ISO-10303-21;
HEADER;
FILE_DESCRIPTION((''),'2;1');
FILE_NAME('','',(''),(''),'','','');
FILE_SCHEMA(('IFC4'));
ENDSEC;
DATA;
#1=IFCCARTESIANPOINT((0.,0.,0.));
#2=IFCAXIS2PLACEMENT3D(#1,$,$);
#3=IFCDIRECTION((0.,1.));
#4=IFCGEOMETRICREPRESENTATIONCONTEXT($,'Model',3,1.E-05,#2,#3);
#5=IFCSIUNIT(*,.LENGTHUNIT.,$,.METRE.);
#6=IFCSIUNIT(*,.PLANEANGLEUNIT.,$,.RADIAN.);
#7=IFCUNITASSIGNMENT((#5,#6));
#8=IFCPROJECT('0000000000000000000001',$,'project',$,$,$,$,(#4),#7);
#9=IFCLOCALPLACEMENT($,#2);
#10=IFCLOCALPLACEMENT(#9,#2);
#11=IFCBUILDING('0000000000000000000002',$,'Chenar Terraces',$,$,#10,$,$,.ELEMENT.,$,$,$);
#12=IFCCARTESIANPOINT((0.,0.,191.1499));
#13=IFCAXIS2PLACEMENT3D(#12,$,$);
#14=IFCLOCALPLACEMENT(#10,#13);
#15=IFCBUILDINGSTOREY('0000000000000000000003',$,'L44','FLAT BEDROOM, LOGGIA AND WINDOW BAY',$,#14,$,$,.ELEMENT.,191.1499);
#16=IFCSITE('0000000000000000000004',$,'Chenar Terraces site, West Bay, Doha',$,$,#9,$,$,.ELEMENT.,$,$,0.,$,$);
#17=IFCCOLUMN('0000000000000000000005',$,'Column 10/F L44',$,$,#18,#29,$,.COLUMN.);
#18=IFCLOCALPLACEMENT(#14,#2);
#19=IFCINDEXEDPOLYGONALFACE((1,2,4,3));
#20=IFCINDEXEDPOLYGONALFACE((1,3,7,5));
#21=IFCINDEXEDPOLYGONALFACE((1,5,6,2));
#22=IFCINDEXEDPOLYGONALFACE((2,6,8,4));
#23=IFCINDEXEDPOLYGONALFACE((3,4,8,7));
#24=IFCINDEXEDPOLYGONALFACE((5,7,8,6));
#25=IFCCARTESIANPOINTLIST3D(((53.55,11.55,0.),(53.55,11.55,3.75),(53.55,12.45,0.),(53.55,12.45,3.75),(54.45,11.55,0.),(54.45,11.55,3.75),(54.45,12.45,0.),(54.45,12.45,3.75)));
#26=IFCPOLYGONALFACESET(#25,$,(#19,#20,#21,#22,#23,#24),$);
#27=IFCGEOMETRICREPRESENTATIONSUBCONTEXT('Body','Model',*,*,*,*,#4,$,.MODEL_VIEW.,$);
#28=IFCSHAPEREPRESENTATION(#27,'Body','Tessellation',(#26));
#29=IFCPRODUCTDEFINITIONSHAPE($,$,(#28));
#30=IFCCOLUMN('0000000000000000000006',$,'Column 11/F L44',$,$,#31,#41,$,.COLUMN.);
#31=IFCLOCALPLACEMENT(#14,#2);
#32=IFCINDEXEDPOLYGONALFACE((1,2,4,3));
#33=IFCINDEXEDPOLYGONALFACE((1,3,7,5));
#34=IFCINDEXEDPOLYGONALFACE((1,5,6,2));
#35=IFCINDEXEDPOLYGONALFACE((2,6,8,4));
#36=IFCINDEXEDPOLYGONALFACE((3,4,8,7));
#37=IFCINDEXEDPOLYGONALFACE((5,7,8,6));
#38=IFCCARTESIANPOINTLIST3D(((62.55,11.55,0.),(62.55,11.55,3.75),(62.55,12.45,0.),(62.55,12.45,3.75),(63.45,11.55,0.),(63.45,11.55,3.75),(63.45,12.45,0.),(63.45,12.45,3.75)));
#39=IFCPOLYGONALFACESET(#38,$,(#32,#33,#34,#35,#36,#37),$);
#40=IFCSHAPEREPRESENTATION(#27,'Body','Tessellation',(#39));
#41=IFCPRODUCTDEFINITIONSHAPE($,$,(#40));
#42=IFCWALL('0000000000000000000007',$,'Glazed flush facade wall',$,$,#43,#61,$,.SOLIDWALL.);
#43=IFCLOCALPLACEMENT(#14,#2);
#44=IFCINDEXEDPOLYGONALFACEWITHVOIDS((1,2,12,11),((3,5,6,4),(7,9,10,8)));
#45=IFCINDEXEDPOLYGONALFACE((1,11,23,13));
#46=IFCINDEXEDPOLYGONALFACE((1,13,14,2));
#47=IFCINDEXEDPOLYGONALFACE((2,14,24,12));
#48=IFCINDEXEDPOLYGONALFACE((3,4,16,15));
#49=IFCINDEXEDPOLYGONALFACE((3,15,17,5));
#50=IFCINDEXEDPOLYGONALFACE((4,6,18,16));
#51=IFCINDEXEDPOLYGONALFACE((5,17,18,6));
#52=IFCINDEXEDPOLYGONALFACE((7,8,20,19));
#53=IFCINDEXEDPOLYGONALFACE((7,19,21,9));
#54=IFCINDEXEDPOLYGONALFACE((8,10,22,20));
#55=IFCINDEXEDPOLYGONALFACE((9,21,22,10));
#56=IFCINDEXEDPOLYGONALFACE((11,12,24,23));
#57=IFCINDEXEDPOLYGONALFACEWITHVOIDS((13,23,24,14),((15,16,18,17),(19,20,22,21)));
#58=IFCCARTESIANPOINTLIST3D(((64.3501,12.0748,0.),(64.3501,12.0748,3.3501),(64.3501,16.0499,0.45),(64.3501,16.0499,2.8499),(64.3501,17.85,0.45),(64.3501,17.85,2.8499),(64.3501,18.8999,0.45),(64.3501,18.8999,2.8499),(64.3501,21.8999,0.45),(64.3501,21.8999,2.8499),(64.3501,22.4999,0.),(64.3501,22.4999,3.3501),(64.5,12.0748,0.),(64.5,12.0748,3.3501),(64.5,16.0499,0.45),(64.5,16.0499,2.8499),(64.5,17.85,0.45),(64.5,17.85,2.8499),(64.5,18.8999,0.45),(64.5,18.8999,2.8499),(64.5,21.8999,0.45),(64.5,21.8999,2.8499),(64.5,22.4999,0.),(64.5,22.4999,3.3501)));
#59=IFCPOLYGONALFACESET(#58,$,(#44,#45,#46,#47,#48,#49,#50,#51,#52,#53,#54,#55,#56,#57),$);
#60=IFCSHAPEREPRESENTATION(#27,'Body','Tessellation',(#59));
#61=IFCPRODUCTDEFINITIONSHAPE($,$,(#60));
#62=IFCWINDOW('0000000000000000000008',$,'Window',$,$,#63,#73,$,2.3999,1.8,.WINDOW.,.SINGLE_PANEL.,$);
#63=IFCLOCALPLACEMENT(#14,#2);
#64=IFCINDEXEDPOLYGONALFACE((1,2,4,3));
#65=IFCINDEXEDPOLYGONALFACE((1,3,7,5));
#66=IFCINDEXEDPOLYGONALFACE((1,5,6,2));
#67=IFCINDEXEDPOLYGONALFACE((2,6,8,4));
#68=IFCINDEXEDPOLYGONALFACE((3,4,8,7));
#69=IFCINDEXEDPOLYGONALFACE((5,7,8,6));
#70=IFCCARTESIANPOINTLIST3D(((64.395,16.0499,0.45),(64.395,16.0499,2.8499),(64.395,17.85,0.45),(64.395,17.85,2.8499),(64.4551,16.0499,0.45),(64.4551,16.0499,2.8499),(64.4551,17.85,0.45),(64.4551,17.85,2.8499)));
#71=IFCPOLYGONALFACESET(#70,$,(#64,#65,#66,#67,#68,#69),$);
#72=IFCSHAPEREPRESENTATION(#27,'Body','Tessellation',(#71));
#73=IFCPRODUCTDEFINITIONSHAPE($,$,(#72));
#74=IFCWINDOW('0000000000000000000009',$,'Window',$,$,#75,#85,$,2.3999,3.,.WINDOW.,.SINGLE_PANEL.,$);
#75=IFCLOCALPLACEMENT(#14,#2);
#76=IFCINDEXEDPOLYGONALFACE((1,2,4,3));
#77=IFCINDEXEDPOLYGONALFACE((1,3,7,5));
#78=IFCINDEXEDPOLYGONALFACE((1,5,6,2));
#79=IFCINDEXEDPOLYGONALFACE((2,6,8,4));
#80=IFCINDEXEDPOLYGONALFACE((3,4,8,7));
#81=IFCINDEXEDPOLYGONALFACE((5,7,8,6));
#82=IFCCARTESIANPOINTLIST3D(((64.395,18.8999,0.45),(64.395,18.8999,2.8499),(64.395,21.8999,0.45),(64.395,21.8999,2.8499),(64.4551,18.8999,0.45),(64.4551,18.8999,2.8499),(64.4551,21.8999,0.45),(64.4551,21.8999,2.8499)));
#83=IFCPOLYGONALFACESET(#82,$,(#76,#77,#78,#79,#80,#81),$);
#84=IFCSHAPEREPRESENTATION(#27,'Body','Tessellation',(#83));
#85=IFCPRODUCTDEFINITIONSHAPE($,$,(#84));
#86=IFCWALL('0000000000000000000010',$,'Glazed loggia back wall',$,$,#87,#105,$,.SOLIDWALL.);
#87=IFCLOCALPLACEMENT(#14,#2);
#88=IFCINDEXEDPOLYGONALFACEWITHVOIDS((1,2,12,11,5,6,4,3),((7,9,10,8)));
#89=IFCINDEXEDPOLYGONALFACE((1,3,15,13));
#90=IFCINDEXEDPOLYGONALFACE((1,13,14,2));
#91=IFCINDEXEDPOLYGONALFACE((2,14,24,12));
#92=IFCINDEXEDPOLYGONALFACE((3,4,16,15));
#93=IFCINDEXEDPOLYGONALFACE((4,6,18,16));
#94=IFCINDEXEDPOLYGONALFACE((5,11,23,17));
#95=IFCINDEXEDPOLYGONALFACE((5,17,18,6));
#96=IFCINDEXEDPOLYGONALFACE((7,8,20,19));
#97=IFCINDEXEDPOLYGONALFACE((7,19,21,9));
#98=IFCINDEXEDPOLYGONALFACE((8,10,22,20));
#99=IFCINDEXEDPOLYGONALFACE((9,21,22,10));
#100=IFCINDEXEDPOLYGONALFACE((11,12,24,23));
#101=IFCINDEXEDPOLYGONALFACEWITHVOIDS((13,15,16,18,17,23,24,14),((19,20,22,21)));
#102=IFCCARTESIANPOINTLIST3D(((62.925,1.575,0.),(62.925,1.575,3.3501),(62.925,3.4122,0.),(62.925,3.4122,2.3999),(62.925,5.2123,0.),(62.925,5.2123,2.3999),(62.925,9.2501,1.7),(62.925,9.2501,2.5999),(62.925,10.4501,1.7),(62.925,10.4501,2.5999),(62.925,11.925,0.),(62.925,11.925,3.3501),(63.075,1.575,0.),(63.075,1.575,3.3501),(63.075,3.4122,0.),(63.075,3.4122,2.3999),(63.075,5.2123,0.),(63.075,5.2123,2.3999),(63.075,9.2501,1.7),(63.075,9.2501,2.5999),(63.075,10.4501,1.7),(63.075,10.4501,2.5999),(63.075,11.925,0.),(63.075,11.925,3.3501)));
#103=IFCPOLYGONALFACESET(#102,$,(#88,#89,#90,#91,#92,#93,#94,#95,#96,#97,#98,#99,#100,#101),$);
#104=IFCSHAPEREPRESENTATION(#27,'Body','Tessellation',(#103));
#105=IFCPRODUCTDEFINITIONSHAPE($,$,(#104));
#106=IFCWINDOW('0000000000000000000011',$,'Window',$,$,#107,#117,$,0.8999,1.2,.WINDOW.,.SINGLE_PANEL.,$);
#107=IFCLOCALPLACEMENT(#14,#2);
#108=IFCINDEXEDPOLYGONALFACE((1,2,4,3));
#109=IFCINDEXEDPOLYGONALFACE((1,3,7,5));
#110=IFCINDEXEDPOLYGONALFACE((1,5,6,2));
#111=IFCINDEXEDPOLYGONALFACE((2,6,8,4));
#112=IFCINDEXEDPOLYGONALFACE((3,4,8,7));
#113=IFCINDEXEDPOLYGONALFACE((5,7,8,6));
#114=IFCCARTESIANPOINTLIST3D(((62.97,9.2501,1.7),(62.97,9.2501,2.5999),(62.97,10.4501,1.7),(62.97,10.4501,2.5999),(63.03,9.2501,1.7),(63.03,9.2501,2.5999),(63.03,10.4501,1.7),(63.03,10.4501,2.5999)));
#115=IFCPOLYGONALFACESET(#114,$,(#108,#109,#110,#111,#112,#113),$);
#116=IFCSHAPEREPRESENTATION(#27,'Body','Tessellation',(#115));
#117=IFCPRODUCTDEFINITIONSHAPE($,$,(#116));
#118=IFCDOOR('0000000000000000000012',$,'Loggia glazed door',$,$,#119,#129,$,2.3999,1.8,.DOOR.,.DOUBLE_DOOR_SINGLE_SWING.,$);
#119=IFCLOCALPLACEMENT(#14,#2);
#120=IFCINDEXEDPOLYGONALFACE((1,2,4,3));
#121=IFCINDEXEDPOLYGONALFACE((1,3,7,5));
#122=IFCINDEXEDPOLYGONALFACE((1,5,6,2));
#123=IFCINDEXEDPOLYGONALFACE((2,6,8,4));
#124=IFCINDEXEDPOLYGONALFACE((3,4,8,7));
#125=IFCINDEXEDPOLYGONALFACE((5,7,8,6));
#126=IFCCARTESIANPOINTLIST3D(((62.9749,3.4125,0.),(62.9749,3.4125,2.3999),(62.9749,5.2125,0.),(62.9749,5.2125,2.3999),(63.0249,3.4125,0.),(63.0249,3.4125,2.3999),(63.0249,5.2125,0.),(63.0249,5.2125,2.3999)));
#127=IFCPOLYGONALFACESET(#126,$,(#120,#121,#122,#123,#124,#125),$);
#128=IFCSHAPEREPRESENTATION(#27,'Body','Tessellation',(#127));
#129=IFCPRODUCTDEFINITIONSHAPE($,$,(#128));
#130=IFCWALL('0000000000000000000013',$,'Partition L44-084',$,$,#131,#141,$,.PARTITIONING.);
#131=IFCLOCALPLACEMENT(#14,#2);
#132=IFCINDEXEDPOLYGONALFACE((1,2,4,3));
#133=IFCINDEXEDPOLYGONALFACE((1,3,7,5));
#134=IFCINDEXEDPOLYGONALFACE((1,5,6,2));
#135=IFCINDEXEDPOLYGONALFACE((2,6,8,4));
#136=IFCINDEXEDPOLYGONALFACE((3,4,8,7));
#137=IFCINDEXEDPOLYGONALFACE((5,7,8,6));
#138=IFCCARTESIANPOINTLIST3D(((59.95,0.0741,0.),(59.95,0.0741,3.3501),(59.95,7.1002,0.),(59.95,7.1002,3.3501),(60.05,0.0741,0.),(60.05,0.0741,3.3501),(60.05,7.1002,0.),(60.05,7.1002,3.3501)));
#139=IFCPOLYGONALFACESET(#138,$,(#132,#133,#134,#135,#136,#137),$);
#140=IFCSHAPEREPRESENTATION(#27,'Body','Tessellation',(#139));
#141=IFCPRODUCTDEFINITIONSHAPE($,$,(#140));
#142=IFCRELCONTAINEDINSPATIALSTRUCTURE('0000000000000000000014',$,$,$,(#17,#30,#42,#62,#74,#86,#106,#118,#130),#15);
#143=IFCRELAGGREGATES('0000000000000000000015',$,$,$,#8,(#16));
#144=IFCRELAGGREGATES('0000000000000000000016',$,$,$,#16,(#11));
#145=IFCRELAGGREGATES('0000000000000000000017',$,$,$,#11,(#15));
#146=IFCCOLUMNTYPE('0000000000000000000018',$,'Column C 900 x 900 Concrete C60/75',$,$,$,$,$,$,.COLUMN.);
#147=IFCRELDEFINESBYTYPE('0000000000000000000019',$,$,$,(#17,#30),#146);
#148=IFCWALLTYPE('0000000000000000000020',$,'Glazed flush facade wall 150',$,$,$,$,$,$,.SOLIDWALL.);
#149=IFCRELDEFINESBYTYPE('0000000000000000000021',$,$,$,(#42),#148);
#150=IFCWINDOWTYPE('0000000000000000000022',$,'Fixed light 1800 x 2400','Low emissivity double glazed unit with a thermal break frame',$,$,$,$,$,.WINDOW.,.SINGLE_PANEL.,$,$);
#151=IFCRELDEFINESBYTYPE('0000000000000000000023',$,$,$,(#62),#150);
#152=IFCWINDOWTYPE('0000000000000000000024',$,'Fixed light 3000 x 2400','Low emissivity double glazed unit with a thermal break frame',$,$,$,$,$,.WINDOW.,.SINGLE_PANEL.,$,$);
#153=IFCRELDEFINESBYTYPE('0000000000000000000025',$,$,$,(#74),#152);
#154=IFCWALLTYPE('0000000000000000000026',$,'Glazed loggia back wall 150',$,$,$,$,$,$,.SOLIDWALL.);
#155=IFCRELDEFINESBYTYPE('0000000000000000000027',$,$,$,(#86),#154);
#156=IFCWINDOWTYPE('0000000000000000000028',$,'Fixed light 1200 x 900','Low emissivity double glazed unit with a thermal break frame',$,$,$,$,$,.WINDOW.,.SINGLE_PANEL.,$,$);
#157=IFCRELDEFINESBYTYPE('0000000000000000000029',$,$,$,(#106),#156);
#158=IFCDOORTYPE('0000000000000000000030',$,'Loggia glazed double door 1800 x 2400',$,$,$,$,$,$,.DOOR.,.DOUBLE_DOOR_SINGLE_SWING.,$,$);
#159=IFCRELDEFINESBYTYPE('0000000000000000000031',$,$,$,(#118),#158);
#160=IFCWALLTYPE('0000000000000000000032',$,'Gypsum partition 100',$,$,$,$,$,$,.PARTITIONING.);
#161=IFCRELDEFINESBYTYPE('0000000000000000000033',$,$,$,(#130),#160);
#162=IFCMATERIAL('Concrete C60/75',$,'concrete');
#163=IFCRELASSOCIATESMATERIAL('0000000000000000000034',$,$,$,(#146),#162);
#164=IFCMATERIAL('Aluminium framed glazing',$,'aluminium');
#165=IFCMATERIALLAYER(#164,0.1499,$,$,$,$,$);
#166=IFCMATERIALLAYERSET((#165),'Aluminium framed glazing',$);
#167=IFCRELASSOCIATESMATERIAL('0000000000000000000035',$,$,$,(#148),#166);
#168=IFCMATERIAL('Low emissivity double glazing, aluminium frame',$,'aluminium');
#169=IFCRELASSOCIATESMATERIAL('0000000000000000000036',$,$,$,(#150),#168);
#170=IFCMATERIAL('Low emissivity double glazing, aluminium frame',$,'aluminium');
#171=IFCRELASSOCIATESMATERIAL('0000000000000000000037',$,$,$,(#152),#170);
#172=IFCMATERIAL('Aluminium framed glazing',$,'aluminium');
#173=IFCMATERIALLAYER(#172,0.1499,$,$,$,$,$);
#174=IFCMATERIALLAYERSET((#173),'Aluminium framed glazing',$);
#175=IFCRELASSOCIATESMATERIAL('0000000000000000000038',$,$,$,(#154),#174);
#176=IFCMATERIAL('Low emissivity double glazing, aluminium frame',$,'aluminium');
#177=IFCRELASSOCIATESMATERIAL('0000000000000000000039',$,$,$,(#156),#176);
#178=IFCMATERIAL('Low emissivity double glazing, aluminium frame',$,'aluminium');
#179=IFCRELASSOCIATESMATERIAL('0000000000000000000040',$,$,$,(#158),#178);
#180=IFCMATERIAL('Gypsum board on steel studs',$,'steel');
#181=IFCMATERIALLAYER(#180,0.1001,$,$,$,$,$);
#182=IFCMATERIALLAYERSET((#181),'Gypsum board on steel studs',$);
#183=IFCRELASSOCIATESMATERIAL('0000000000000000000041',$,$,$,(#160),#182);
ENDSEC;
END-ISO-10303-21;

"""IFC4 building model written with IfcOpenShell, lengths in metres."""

from ifc_helpers import new_model, si_unit, direction, frame, frame_2d, origin, origin_2d, place, context, subcontext, project, spatial, rectangle, extrude, material, layer, layer_set, material_profile, profile_set, type_object, element, fill, save


model = new_model("IFC4")

# Units and contexts
model_context = context("Model", 3, precision=1e-05, world=origin(), true_north=direction((0.0, 1.0)))
body_context = subcontext(model_context, "Body", "Model", "MODEL_VIEW")
ifc_project = project(units=[si_unit("LENGTHUNIT", "METRE"), si_unit("PLANEANGLEUNIT", "RADIAN")], contexts=[model_context])

# Site, building, storey
site_placement = place(None, origin())
site = spatial("IfcSite", under=ifc_project, at=site_placement, Name="Chenar Terraces site, West Bay, Doha", CompositionType="ELEMENT", RefElevation=0.0)
building_placement = place(site_placement, origin())
building = spatial("IfcBuilding", under=site, at=building_placement, Name="Chenar Terraces", CompositionType="ELEMENT")
storey_placement = place(building_placement, frame((0.0, 0.0, 191.1499)))
storey = spatial("IfcBuildingStorey", under=building, at=storey_placement, Name="L44", Description="FLAT BEDROOM, LOGGIA AND WINDOW BAY", CompositionType="ELEMENT", Elevation=191.1499)

# Columns
ifc_material_1 = material(Name="Concrete C60/75", Category="concrete")
ifc_material_profile = material_profile(ifc_material_1, rectangle(XDim=0.8999, YDim=0.8999, at=origin_2d()), Name="C 900 x 900")
ifc_profile_set = profile_set([ifc_material_profile], Name="Concrete C60/75")
column_type = type_object("IfcColumnType", Name="Column C 900 x 900 Concrete C60/75", PredefinedType="COLUMN", material=ifc_profile_set)
for number, where, z_axis, x_axis, name in (
    (1, (54.0, 12.0, 0.0), (0.0, 0.0, 1.0), (1.0, 0.0, 0.0), "Column 10/F L44"),
    (2, (63.0, 12.0, 0.0), (0.0, 0.0, 1.0), (1.0, 0.0, 0.0), "Column 11/F L44"),
):
    element("IfcColumn", number, at=place(storey_placement, frame(where, z_axis=z_axis, x_axis=x_axis)), inside=storey, type_object=column_type, Name=name, PredefinedType="COLUMN", context=body_context, shape_type="SweptSolid", body=[
        extrude(rectangle(XDim=0.8999, YDim=0.8999, at=origin_2d()), origin(), (0.0, 0.0, 1.0), 3.75),
    ])

# Wall, openings, windows
ifc_material_2 = material(Name="Aluminium framed glazing", Category="aluminium")
ifc_layer_1 = layer(ifc_material_2, 0.1499)
ifc_layer_set_1 = layer_set([ifc_layer_1], Name="Aluminium framed glazing")
wall_type_1 = type_object("IfcWallType", Name="Glazed flush facade wall 150", PredefinedType="SOLIDWALL", material=ifc_layer_set_1)
wall_1_placement = place(storey_placement, frame((64.425, 12.075, 0.0), z_axis=(0.0, 0.0, 1.0), x_axis=(0.0, 1.0, 0.0)))
wall_1 = element("IfcWall", 3, at=wall_1_placement, inside=storey, type_object=wall_type_1, Name="Glazed flush facade wall", PredefinedType="SOLIDWALL", context=body_context, shape_type="SweptSolid", body=[
    extrude(rectangle(XDim=10.425, YDim=0.1499, at=frame_2d((5.2124, 0.0))), origin(), (0.0, 0.0, 1.0), 3.3501),
])
opening_1_placement = place(wall_1_placement, frame((3.9751, 0.0, 0.45)))
opening_1 = element("IfcOpeningElement", 4, at=opening_1_placement, cuts=wall_1, PredefinedType="OPENING", context=body_context, shape_type="SweptSolid", body=[
    extrude(rectangle(XDim=1.8, YDim=2.3999, at=frame_2d((0.8999, 1.2))), frame((0.0, 0.085, 0.0), z_axis=(0.0, -1.0, 0.0), x_axis=(1.0, 0.0, 0.0)), (0.0, 0.0, 1.0), 0.1699),
])
opening_2_placement = place(wall_1_placement, frame((6.825, 0.0, 0.45)))
opening_2 = element("IfcOpeningElement", 5, at=opening_2_placement, cuts=wall_1, PredefinedType="OPENING", context=body_context, shape_type="SweptSolid", body=[
    extrude(rectangle(XDim=3.0, YDim=2.3999, at=frame_2d((1.5, 1.2))), frame((0.0, 0.085, 0.0), z_axis=(0.0, -1.0, 0.0), x_axis=(1.0, 0.0, 0.0)), (0.0, 0.0, 1.0), 0.1699),
])
ifc_material_3 = material(Name="Low emissivity double glazing, aluminium frame", Category="aluminium")
window_type_1 = type_object("IfcWindowType", Name="Fixed light 1800 x 2400", Description="Low emissivity double glazed unit with a thermal break frame", PartitioningType="SINGLE_PANEL", PredefinedType="WINDOW", material=ifc_material_3)
window_1_placement = place(opening_1_placement, origin())
window_1 = element("IfcWindow", 6, at=window_1_placement, inside=storey, type_object=window_type_1, Name="Window", OverallHeight=2.3999, OverallWidth=1.8, PartitioningType="SINGLE_PANEL", PredefinedType="WINDOW", context=body_context, shape_type="SweptSolid", body=[
    extrude(rectangle(XDim=1.8, YDim=2.3999, at=frame_2d((0.8999, 1.2))), frame((0.0, 0.03, 0.0), z_axis=(0.0, -1.0, 0.0), x_axis=(1.0, 0.0, 0.0)), (0.0, 0.0, 1.0), 0.0601),
])
fill(opening_1, window_1)
ifc_material_4 = material(Name="Low emissivity double glazing, aluminium frame", Category="aluminium")
window_type_2 = type_object("IfcWindowType", Name="Fixed light 3000 x 2400", Description="Low emissivity double glazed unit with a thermal break frame", PartitioningType="SINGLE_PANEL", PredefinedType="WINDOW", material=ifc_material_4)
window_2_placement = place(opening_2_placement, origin())
window_2 = element("IfcWindow", 7, at=window_2_placement, inside=storey, type_object=window_type_2, Name="Window", OverallHeight=2.3999, OverallWidth=3.0, PartitioningType="SINGLE_PANEL", PredefinedType="WINDOW", context=body_context, shape_type="SweptSolid", body=[
    extrude(rectangle(XDim=3.0, YDim=2.3999, at=frame_2d((1.5, 1.2))), frame((0.0, 0.03, 0.0), z_axis=(0.0, -1.0, 0.0), x_axis=(1.0, 0.0, 0.0)), (0.0, 0.0, 1.0), 0.0601),
])
fill(opening_2, window_2)

# Wall, openings, window, door
ifc_material_5 = material(Name="Aluminium framed glazing", Category="aluminium")
ifc_layer_2 = layer(ifc_material_5, 0.1499)
ifc_layer_set_2 = layer_set([ifc_layer_2], Name="Aluminium framed glazing")
wall_type_2 = type_object("IfcWallType", Name="Glazed loggia back wall 150", PredefinedType="SOLIDWALL", material=ifc_layer_set_2)
wall_2_placement = place(storey_placement, frame((63.0, 1.575, 0.0), z_axis=(0.0, 0.0, 1.0), x_axis=(0.0, 1.0, 0.0)))
wall_2 = element("IfcWall", 8, at=wall_2_placement, inside=storey, type_object=wall_type_2, Name="Glazed loggia back wall", PredefinedType="SOLIDWALL", context=body_context, shape_type="SweptSolid", body=[
    extrude(rectangle(XDim=10.3501, YDim=0.1499, at=frame_2d((5.175, 0.0))), origin(), (0.0, 0.0, 1.0), 3.3501),
])
opening_3_placement = place(wall_2_placement, frame((1.8374, 0.0, 0.0)))
opening_3 = element("IfcOpeningElement", 9, at=opening_3_placement, cuts=wall_2, PredefinedType="OPENING", context=body_context, shape_type="SweptSolid", body=[
    extrude(rectangle(XDim=1.8, YDim=2.3999, at=frame_2d((0.8999, 1.2))), frame((0.0, 0.085, 0.0), z_axis=(0.0, -1.0, 0.0), x_axis=(1.0, 0.0, 0.0)), (0.0, 0.0, 1.0), 0.1699),
])
opening_4_placement = place(wall_2_placement, frame((7.675, 0.0, 1.7)))
opening_4 = element("IfcOpeningElement", 10, at=opening_4_placement, cuts=wall_2, PredefinedType="OPENING", context=body_context, shape_type="SweptSolid", body=[
    extrude(rectangle(XDim=1.2, YDim=0.8999, at=frame_2d((0.6001, 0.45))), frame((0.0, 0.085, 0.0), z_axis=(0.0, -1.0, 0.0), x_axis=(1.0, 0.0, 0.0)), (0.0, 0.0, 1.0), 0.1699),
])
ifc_material_6 = material(Name="Low emissivity double glazing, aluminium frame", Category="aluminium")
window_type_3 = type_object("IfcWindowType", Name="Fixed light 1200 x 900", Description="Low emissivity double glazed unit with a thermal break frame", PartitioningType="SINGLE_PANEL", PredefinedType="WINDOW", material=ifc_material_6)
window_3_placement = place(opening_4_placement, origin())
window_3 = element("IfcWindow", 11, at=window_3_placement, inside=storey, type_object=window_type_3, Name="Window", OverallHeight=0.8999, OverallWidth=1.2, PartitioningType="SINGLE_PANEL", PredefinedType="WINDOW", context=body_context, shape_type="SweptSolid", body=[
    extrude(rectangle(XDim=1.2, YDim=0.8999, at=frame_2d((0.6001, 0.45))), frame((0.0, 0.03, 0.0), z_axis=(0.0, -1.0, 0.0), x_axis=(1.0, 0.0, 0.0)), (0.0, 0.0, 1.0), 0.0601),
])
fill(opening_4, window_3)
ifc_material_7 = material(Name="Low emissivity double glazing, aluminium frame", Category="aluminium")
door_type_1 = type_object("IfcDoorType", Name="Loggia glazed double door 1800 x 2400", OperationType="DOUBLE_DOOR_SINGLE_SWING", PredefinedType="DOOR", material=ifc_material_7)
door_1_placement = place(opening_3_placement, frame((1.8, 0.0, 0.0), z_axis=(0.0, 0.0, 1.0), x_axis=(-1.0, 0.0, 0.0)))
door_1 = element("IfcDoor", 12, at=door_1_placement, inside=storey, type_object=door_type_1, Name="Loggia glazed door", OperationType="DOUBLE_DOOR_SINGLE_SWING", OverallHeight=2.3999, OverallWidth=1.8, PredefinedType="DOOR", context=body_context, shape_type="SweptSolid", body=[
    extrude(rectangle(XDim=1.8, YDim=2.3999, at=frame_2d((0.8999, 1.2))), frame((0.0, 0.0249, 0.0), z_axis=(0.0, -1.0, 0.0), x_axis=(1.0, 0.0, 0.0)), (0.0, 0.0, 1.0), 0.05),
])
fill(opening_3, door_1)

# Wall
ifc_material_8 = material(Name="Gypsum board on steel studs", Category="steel")
ifc_layer_3 = layer(ifc_material_8, 0.1001)
ifc_layer_set_3 = layer_set([ifc_layer_3], Name="Gypsum board on steel studs")
wall_type_3 = type_object("IfcWallType", Name="Gypsum partition 100", PredefinedType="PARTITIONING", material=ifc_layer_set_3)
wall_3_placement = place(storey_placement, frame((60.0, 0.074, 0.0), z_axis=(0.0, 0.0, 1.0), x_axis=(0.0, 1.0, 0.0)))
element("IfcWall", 13, at=wall_3_placement, inside=storey, type_object=wall_type_3, Name="Partition L44-084", PredefinedType="PARTITIONING", context=body_context, shape_type="SweptSolid", body=[
    extrude(rectangle(XDim=7.0261, YDim=0.1001, at=frame_2d((3.5132, 0.0))), origin(), (0.0, 0.0, 1.0), 3.3501),
])

save(model, "model.ifc")
